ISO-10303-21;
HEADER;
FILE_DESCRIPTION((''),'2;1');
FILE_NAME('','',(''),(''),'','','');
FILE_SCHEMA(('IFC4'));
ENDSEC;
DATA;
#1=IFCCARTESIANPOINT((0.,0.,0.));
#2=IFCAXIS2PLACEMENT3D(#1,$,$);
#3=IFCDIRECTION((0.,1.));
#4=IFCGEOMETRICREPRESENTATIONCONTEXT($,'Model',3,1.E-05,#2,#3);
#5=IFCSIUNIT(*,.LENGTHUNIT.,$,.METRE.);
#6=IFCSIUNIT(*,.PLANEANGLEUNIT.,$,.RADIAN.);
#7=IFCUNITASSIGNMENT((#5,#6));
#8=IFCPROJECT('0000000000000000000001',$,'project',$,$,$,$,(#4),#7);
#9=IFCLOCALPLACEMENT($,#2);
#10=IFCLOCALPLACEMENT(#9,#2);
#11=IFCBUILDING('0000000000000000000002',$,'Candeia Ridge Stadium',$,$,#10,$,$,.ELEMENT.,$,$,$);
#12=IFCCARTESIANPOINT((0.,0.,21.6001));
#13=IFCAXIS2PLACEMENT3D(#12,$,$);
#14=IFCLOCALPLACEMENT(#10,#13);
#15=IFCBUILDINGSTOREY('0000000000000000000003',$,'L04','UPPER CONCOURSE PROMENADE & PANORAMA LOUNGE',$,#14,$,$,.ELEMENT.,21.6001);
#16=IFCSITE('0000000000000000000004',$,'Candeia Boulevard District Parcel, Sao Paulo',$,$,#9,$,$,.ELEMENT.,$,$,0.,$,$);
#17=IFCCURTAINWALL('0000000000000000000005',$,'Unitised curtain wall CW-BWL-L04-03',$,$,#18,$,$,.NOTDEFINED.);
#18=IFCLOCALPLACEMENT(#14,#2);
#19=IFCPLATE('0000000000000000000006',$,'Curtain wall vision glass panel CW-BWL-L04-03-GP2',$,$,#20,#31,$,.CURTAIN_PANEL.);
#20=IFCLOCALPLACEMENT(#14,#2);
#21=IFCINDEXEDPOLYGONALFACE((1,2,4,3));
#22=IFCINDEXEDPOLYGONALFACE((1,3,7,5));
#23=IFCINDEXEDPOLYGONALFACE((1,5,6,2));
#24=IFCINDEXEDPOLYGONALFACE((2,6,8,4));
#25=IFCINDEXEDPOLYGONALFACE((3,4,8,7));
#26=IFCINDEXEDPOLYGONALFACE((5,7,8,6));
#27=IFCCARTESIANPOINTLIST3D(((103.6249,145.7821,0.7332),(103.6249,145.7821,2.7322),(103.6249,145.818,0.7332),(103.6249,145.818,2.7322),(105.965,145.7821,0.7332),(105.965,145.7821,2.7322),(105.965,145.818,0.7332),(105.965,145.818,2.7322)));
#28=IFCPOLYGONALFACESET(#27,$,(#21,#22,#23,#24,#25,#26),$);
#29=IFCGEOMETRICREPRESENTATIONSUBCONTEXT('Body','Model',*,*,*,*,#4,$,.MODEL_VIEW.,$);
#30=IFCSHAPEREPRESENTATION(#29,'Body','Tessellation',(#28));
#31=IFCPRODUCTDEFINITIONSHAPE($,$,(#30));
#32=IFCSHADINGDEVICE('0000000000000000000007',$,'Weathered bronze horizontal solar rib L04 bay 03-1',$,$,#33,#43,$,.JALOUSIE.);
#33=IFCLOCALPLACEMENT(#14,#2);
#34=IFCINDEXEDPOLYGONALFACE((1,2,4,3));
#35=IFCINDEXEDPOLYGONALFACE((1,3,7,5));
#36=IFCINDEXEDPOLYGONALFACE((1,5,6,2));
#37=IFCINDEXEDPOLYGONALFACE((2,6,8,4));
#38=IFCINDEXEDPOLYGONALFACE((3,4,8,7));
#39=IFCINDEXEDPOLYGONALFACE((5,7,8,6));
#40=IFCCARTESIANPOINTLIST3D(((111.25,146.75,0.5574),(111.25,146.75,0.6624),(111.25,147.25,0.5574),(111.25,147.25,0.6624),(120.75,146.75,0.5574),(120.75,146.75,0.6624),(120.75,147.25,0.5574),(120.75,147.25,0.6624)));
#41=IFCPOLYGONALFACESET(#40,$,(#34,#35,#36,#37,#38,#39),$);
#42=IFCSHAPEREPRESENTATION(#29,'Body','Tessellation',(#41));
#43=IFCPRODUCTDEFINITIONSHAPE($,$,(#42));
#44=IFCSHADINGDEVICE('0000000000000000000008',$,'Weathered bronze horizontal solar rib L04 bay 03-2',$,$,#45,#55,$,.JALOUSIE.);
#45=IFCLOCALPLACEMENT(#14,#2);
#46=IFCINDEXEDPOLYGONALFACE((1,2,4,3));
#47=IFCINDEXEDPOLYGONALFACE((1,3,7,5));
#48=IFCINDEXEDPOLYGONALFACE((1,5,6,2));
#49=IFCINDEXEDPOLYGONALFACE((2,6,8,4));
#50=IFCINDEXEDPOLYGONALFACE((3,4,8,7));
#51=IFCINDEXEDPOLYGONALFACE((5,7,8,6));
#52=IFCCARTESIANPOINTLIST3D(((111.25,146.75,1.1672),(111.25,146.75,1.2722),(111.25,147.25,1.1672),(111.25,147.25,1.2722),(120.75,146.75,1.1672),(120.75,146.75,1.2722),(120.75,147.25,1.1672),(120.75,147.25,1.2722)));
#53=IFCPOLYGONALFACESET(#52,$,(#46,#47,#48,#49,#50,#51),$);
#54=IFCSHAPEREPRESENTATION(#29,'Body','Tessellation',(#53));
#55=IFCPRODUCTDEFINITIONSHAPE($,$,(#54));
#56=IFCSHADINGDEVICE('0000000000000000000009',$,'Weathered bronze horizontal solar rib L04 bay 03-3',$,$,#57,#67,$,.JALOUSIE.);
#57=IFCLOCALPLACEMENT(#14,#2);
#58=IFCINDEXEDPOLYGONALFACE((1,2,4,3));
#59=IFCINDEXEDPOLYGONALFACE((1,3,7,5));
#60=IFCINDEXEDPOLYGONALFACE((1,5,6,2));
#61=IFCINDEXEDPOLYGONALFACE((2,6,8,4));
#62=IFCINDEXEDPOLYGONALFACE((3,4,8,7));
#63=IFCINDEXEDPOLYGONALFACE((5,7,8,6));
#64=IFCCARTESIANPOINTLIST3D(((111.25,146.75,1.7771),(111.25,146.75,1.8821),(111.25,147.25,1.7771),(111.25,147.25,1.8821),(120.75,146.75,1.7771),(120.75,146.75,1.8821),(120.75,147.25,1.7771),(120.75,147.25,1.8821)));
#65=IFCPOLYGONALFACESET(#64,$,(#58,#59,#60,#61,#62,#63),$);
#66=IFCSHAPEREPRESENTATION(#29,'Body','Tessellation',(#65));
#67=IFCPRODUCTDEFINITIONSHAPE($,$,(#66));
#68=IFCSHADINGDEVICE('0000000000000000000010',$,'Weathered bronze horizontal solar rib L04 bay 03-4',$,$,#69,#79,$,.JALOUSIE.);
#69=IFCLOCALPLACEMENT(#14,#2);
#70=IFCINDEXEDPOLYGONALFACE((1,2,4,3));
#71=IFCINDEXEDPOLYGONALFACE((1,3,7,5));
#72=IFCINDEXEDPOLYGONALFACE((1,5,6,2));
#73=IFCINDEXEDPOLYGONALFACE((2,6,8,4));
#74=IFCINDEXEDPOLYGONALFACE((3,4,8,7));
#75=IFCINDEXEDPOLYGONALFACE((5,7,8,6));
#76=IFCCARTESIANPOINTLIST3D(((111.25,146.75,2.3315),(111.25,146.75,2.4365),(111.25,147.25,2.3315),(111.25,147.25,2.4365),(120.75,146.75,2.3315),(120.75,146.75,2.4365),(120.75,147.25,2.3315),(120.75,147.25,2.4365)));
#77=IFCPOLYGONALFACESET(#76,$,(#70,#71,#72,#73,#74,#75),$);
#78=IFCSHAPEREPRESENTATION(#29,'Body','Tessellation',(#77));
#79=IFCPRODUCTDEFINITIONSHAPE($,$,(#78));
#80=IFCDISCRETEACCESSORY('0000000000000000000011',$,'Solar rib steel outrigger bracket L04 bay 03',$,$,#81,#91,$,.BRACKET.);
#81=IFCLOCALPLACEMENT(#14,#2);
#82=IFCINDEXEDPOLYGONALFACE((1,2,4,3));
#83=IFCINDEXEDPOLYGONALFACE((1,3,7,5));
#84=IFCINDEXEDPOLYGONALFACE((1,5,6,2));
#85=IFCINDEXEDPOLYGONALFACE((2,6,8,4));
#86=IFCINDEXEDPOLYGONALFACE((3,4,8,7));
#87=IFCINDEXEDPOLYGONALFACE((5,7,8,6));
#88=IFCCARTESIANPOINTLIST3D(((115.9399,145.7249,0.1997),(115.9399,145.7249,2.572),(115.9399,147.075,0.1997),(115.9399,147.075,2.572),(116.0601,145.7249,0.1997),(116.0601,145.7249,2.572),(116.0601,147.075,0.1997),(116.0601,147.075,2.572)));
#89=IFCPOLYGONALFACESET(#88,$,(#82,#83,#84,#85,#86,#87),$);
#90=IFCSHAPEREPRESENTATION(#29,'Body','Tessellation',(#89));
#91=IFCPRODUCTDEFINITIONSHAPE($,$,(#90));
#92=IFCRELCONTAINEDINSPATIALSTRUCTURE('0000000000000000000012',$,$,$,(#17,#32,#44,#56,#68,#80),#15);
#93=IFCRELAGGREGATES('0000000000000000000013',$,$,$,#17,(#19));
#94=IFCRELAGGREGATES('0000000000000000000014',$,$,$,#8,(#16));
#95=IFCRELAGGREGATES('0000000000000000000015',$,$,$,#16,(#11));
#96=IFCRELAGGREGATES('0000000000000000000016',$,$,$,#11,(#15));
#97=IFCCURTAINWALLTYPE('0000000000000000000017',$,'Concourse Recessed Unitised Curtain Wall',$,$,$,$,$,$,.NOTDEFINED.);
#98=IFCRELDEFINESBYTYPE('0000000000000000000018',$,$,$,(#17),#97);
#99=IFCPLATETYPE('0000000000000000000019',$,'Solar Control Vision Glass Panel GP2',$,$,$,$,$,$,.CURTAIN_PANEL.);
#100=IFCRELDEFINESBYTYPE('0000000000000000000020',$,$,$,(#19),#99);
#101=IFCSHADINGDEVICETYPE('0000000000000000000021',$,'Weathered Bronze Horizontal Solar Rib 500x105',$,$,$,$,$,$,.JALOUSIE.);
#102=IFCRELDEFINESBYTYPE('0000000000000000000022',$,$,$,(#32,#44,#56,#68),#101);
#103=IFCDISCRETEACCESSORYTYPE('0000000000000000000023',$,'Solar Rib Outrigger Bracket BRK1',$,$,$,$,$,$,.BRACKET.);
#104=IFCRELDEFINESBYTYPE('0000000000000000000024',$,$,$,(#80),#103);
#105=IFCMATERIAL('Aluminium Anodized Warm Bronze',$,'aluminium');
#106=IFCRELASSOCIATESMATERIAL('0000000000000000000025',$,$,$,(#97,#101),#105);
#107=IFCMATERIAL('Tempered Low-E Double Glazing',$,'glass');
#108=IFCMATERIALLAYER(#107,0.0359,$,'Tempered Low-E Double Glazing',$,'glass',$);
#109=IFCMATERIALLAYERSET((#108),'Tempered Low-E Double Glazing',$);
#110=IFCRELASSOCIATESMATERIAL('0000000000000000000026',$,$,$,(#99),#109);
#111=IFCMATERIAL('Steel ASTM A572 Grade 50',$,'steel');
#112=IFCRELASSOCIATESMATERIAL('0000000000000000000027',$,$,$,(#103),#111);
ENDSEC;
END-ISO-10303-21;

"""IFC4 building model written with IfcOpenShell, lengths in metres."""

from ifc_helpers import new_model, si_unit, direction, frame, origin, origin_2d, place, context, subcontext, project, spatial, rectangle, extrude, material, layer, layer_set, type_object, element, aggregate, save


model = new_model("IFC4")

# Units and contexts
model_context = context("Model", 3, precision=1e-05, world=origin(), true_north=direction((0.0, 1.0)))
body_context = subcontext(model_context, "Body", "Model", "MODEL_VIEW")
ifc_project = project(units=[si_unit("LENGTHUNIT", "METRE"), si_unit("PLANEANGLEUNIT", "RADIAN")], contexts=[model_context])

# Site, building, storey
site_placement = place(None, origin())
site = spatial("IfcSite", under=ifc_project, at=site_placement, Name="Candeia Boulevard District Parcel, Sao Paulo", CompositionType="ELEMENT", RefElevation=0.0)
building_placement = place(site_placement, origin())
building = spatial("IfcBuilding", under=site, at=building_placement, Name="Candeia Ridge Stadium", CompositionType="ELEMENT")
storey_placement = place(building_placement, frame((0.0, 0.0, 21.6001)))
storey = spatial("IfcBuildingStorey", under=building, at=storey_placement, Name="L04", Description="UPPER CONCOURSE PROMENADE & PANORAMA LOUNGE", CompositionType="ELEMENT", Elevation=21.6001)

# Shared definitions
ifc_material_1 = material(Name="Aluminium Anodized Warm Bronze", Category="aluminium")
curtain_wall_type = type_object("IfcCurtainWallType", Name="Concourse Recessed Unitised Curtain Wall", PredefinedType="NOTDEFINED", material=ifc_material_1)

# Curtain wall
curtain_wall_1_placement = place(storey_placement, origin())
curtain_wall_1 = element("IfcCurtainWall", 1, at=curtain_wall_1_placement, inside=storey, type_object=curtain_wall_type, Name="Unitised curtain wall CW-BWL-L04-03", PredefinedType="NOTDEFINED")

# Plate
ifc_material_2 = material(Name="Tempered Low-E Double Glazing", Category="glass")
ifc_layer_1 = layer(ifc_material_2, 0.0359, Name="Tempered Low-E Double Glazing", Category="glass")
ifc_layer_set_1 = layer_set([ifc_layer_1], Name="Tempered Low-E Double Glazing")
plate_type_1 = type_object("IfcPlateType", Name="Solar Control Vision Glass Panel GP2", PredefinedType="CURTAIN_PANEL", material=ifc_layer_set_1)
plate_1_placement = place(storey_placement, frame((104.7949, 145.8, 0.7332), z_axis=(0.0, 0.0, 1.0), x_axis=(-1.0, 0.0, 0.0)))
plate_1 = element("IfcPlate", 2, at=plate_1_placement, type_object=plate_type_1, Name="Curtain wall vision glass panel CW-BWL-L04-03-GP2", PredefinedType="CURTAIN_PANEL", context=body_context, shape_type="SweptSolid", body=[
    extrude(rectangle(XDim=2.3401, YDim=0.0359, at=origin_2d()), origin(), (0.0, 0.0, 1.0), 1.999),
])
aggregate(curtain_wall_1, [plate_1])

# Shading devices
shading_device_type = type_object("IfcShadingDeviceType", Name="Weathered Bronze Horizontal Solar Rib 500x105", PredefinedType="JALOUSIE", material=ifc_material_1)
for number, where, z_axis, x_axis, name in (
    (3, (116.0, 147.0, 0.5574), (0.0, 0.0, 1.0), (-1.0, 0.0, 0.0), "Weathered bronze horizontal solar rib L04 bay 03-1"),
    (4, (116.0, 147.0, 1.1672), (0.0, 0.0, 1.0), (-1.0, 0.0, 0.0), "Weathered bronze horizontal solar rib L04 bay 03-2"),
    (5, (116.0, 147.0, 1.7771), (0.0, 0.0, 1.0), (-1.0, 0.0, 0.0), "Weathered bronze horizontal solar rib L04 bay 03-3"),
    (6, (116.0, 147.0, 2.3315), (0.0, 0.0, 1.0), (-1.0, 0.0, 0.0), "Weathered bronze horizontal solar rib L04 bay 03-4"),
):
    element("IfcShadingDevice", number, at=place(storey_placement, frame(where, z_axis=z_axis, x_axis=x_axis)), inside=storey, type_object=shading_device_type, Name=name, PredefinedType="JALOUSIE", context=body_context, shape_type="SweptSolid", body=[
        extrude(rectangle(XDim=9.5, YDim=0.5, at=origin_2d()), origin(), (0.0, 0.0, 1.0), 0.105),
    ])

# Discrete accessory
ifc_material_3 = material(Name="Steel ASTM A572 Grade 50", Category="steel")
discrete_accessory_type = type_object("IfcDiscreteAccessoryType", Name="Solar Rib Outrigger Bracket BRK1", PredefinedType="BRACKET", material=ifc_material_3)
discrete_accessory_placement = place(storey_placement, frame((116.0, 146.3999, 0.1997), z_axis=(0.0, 0.0, 1.0), x_axis=(0.0, 1.0, 0.0)))
element("IfcDiscreteAccessory", 7, at=discrete_accessory_placement, inside=storey, type_object=discrete_accessory_type, Name="Solar rib steel outrigger bracket L04 bay 03", PredefinedType="BRACKET", context=body_context, shape_type="SweptSolid", body=[
    extrude(rectangle(XDim=1.3501, YDim=0.1201, at=origin_2d()), origin(), (0.0, 0.0, 1.0), 2.3723),
])

save(model, "model.ifc")
